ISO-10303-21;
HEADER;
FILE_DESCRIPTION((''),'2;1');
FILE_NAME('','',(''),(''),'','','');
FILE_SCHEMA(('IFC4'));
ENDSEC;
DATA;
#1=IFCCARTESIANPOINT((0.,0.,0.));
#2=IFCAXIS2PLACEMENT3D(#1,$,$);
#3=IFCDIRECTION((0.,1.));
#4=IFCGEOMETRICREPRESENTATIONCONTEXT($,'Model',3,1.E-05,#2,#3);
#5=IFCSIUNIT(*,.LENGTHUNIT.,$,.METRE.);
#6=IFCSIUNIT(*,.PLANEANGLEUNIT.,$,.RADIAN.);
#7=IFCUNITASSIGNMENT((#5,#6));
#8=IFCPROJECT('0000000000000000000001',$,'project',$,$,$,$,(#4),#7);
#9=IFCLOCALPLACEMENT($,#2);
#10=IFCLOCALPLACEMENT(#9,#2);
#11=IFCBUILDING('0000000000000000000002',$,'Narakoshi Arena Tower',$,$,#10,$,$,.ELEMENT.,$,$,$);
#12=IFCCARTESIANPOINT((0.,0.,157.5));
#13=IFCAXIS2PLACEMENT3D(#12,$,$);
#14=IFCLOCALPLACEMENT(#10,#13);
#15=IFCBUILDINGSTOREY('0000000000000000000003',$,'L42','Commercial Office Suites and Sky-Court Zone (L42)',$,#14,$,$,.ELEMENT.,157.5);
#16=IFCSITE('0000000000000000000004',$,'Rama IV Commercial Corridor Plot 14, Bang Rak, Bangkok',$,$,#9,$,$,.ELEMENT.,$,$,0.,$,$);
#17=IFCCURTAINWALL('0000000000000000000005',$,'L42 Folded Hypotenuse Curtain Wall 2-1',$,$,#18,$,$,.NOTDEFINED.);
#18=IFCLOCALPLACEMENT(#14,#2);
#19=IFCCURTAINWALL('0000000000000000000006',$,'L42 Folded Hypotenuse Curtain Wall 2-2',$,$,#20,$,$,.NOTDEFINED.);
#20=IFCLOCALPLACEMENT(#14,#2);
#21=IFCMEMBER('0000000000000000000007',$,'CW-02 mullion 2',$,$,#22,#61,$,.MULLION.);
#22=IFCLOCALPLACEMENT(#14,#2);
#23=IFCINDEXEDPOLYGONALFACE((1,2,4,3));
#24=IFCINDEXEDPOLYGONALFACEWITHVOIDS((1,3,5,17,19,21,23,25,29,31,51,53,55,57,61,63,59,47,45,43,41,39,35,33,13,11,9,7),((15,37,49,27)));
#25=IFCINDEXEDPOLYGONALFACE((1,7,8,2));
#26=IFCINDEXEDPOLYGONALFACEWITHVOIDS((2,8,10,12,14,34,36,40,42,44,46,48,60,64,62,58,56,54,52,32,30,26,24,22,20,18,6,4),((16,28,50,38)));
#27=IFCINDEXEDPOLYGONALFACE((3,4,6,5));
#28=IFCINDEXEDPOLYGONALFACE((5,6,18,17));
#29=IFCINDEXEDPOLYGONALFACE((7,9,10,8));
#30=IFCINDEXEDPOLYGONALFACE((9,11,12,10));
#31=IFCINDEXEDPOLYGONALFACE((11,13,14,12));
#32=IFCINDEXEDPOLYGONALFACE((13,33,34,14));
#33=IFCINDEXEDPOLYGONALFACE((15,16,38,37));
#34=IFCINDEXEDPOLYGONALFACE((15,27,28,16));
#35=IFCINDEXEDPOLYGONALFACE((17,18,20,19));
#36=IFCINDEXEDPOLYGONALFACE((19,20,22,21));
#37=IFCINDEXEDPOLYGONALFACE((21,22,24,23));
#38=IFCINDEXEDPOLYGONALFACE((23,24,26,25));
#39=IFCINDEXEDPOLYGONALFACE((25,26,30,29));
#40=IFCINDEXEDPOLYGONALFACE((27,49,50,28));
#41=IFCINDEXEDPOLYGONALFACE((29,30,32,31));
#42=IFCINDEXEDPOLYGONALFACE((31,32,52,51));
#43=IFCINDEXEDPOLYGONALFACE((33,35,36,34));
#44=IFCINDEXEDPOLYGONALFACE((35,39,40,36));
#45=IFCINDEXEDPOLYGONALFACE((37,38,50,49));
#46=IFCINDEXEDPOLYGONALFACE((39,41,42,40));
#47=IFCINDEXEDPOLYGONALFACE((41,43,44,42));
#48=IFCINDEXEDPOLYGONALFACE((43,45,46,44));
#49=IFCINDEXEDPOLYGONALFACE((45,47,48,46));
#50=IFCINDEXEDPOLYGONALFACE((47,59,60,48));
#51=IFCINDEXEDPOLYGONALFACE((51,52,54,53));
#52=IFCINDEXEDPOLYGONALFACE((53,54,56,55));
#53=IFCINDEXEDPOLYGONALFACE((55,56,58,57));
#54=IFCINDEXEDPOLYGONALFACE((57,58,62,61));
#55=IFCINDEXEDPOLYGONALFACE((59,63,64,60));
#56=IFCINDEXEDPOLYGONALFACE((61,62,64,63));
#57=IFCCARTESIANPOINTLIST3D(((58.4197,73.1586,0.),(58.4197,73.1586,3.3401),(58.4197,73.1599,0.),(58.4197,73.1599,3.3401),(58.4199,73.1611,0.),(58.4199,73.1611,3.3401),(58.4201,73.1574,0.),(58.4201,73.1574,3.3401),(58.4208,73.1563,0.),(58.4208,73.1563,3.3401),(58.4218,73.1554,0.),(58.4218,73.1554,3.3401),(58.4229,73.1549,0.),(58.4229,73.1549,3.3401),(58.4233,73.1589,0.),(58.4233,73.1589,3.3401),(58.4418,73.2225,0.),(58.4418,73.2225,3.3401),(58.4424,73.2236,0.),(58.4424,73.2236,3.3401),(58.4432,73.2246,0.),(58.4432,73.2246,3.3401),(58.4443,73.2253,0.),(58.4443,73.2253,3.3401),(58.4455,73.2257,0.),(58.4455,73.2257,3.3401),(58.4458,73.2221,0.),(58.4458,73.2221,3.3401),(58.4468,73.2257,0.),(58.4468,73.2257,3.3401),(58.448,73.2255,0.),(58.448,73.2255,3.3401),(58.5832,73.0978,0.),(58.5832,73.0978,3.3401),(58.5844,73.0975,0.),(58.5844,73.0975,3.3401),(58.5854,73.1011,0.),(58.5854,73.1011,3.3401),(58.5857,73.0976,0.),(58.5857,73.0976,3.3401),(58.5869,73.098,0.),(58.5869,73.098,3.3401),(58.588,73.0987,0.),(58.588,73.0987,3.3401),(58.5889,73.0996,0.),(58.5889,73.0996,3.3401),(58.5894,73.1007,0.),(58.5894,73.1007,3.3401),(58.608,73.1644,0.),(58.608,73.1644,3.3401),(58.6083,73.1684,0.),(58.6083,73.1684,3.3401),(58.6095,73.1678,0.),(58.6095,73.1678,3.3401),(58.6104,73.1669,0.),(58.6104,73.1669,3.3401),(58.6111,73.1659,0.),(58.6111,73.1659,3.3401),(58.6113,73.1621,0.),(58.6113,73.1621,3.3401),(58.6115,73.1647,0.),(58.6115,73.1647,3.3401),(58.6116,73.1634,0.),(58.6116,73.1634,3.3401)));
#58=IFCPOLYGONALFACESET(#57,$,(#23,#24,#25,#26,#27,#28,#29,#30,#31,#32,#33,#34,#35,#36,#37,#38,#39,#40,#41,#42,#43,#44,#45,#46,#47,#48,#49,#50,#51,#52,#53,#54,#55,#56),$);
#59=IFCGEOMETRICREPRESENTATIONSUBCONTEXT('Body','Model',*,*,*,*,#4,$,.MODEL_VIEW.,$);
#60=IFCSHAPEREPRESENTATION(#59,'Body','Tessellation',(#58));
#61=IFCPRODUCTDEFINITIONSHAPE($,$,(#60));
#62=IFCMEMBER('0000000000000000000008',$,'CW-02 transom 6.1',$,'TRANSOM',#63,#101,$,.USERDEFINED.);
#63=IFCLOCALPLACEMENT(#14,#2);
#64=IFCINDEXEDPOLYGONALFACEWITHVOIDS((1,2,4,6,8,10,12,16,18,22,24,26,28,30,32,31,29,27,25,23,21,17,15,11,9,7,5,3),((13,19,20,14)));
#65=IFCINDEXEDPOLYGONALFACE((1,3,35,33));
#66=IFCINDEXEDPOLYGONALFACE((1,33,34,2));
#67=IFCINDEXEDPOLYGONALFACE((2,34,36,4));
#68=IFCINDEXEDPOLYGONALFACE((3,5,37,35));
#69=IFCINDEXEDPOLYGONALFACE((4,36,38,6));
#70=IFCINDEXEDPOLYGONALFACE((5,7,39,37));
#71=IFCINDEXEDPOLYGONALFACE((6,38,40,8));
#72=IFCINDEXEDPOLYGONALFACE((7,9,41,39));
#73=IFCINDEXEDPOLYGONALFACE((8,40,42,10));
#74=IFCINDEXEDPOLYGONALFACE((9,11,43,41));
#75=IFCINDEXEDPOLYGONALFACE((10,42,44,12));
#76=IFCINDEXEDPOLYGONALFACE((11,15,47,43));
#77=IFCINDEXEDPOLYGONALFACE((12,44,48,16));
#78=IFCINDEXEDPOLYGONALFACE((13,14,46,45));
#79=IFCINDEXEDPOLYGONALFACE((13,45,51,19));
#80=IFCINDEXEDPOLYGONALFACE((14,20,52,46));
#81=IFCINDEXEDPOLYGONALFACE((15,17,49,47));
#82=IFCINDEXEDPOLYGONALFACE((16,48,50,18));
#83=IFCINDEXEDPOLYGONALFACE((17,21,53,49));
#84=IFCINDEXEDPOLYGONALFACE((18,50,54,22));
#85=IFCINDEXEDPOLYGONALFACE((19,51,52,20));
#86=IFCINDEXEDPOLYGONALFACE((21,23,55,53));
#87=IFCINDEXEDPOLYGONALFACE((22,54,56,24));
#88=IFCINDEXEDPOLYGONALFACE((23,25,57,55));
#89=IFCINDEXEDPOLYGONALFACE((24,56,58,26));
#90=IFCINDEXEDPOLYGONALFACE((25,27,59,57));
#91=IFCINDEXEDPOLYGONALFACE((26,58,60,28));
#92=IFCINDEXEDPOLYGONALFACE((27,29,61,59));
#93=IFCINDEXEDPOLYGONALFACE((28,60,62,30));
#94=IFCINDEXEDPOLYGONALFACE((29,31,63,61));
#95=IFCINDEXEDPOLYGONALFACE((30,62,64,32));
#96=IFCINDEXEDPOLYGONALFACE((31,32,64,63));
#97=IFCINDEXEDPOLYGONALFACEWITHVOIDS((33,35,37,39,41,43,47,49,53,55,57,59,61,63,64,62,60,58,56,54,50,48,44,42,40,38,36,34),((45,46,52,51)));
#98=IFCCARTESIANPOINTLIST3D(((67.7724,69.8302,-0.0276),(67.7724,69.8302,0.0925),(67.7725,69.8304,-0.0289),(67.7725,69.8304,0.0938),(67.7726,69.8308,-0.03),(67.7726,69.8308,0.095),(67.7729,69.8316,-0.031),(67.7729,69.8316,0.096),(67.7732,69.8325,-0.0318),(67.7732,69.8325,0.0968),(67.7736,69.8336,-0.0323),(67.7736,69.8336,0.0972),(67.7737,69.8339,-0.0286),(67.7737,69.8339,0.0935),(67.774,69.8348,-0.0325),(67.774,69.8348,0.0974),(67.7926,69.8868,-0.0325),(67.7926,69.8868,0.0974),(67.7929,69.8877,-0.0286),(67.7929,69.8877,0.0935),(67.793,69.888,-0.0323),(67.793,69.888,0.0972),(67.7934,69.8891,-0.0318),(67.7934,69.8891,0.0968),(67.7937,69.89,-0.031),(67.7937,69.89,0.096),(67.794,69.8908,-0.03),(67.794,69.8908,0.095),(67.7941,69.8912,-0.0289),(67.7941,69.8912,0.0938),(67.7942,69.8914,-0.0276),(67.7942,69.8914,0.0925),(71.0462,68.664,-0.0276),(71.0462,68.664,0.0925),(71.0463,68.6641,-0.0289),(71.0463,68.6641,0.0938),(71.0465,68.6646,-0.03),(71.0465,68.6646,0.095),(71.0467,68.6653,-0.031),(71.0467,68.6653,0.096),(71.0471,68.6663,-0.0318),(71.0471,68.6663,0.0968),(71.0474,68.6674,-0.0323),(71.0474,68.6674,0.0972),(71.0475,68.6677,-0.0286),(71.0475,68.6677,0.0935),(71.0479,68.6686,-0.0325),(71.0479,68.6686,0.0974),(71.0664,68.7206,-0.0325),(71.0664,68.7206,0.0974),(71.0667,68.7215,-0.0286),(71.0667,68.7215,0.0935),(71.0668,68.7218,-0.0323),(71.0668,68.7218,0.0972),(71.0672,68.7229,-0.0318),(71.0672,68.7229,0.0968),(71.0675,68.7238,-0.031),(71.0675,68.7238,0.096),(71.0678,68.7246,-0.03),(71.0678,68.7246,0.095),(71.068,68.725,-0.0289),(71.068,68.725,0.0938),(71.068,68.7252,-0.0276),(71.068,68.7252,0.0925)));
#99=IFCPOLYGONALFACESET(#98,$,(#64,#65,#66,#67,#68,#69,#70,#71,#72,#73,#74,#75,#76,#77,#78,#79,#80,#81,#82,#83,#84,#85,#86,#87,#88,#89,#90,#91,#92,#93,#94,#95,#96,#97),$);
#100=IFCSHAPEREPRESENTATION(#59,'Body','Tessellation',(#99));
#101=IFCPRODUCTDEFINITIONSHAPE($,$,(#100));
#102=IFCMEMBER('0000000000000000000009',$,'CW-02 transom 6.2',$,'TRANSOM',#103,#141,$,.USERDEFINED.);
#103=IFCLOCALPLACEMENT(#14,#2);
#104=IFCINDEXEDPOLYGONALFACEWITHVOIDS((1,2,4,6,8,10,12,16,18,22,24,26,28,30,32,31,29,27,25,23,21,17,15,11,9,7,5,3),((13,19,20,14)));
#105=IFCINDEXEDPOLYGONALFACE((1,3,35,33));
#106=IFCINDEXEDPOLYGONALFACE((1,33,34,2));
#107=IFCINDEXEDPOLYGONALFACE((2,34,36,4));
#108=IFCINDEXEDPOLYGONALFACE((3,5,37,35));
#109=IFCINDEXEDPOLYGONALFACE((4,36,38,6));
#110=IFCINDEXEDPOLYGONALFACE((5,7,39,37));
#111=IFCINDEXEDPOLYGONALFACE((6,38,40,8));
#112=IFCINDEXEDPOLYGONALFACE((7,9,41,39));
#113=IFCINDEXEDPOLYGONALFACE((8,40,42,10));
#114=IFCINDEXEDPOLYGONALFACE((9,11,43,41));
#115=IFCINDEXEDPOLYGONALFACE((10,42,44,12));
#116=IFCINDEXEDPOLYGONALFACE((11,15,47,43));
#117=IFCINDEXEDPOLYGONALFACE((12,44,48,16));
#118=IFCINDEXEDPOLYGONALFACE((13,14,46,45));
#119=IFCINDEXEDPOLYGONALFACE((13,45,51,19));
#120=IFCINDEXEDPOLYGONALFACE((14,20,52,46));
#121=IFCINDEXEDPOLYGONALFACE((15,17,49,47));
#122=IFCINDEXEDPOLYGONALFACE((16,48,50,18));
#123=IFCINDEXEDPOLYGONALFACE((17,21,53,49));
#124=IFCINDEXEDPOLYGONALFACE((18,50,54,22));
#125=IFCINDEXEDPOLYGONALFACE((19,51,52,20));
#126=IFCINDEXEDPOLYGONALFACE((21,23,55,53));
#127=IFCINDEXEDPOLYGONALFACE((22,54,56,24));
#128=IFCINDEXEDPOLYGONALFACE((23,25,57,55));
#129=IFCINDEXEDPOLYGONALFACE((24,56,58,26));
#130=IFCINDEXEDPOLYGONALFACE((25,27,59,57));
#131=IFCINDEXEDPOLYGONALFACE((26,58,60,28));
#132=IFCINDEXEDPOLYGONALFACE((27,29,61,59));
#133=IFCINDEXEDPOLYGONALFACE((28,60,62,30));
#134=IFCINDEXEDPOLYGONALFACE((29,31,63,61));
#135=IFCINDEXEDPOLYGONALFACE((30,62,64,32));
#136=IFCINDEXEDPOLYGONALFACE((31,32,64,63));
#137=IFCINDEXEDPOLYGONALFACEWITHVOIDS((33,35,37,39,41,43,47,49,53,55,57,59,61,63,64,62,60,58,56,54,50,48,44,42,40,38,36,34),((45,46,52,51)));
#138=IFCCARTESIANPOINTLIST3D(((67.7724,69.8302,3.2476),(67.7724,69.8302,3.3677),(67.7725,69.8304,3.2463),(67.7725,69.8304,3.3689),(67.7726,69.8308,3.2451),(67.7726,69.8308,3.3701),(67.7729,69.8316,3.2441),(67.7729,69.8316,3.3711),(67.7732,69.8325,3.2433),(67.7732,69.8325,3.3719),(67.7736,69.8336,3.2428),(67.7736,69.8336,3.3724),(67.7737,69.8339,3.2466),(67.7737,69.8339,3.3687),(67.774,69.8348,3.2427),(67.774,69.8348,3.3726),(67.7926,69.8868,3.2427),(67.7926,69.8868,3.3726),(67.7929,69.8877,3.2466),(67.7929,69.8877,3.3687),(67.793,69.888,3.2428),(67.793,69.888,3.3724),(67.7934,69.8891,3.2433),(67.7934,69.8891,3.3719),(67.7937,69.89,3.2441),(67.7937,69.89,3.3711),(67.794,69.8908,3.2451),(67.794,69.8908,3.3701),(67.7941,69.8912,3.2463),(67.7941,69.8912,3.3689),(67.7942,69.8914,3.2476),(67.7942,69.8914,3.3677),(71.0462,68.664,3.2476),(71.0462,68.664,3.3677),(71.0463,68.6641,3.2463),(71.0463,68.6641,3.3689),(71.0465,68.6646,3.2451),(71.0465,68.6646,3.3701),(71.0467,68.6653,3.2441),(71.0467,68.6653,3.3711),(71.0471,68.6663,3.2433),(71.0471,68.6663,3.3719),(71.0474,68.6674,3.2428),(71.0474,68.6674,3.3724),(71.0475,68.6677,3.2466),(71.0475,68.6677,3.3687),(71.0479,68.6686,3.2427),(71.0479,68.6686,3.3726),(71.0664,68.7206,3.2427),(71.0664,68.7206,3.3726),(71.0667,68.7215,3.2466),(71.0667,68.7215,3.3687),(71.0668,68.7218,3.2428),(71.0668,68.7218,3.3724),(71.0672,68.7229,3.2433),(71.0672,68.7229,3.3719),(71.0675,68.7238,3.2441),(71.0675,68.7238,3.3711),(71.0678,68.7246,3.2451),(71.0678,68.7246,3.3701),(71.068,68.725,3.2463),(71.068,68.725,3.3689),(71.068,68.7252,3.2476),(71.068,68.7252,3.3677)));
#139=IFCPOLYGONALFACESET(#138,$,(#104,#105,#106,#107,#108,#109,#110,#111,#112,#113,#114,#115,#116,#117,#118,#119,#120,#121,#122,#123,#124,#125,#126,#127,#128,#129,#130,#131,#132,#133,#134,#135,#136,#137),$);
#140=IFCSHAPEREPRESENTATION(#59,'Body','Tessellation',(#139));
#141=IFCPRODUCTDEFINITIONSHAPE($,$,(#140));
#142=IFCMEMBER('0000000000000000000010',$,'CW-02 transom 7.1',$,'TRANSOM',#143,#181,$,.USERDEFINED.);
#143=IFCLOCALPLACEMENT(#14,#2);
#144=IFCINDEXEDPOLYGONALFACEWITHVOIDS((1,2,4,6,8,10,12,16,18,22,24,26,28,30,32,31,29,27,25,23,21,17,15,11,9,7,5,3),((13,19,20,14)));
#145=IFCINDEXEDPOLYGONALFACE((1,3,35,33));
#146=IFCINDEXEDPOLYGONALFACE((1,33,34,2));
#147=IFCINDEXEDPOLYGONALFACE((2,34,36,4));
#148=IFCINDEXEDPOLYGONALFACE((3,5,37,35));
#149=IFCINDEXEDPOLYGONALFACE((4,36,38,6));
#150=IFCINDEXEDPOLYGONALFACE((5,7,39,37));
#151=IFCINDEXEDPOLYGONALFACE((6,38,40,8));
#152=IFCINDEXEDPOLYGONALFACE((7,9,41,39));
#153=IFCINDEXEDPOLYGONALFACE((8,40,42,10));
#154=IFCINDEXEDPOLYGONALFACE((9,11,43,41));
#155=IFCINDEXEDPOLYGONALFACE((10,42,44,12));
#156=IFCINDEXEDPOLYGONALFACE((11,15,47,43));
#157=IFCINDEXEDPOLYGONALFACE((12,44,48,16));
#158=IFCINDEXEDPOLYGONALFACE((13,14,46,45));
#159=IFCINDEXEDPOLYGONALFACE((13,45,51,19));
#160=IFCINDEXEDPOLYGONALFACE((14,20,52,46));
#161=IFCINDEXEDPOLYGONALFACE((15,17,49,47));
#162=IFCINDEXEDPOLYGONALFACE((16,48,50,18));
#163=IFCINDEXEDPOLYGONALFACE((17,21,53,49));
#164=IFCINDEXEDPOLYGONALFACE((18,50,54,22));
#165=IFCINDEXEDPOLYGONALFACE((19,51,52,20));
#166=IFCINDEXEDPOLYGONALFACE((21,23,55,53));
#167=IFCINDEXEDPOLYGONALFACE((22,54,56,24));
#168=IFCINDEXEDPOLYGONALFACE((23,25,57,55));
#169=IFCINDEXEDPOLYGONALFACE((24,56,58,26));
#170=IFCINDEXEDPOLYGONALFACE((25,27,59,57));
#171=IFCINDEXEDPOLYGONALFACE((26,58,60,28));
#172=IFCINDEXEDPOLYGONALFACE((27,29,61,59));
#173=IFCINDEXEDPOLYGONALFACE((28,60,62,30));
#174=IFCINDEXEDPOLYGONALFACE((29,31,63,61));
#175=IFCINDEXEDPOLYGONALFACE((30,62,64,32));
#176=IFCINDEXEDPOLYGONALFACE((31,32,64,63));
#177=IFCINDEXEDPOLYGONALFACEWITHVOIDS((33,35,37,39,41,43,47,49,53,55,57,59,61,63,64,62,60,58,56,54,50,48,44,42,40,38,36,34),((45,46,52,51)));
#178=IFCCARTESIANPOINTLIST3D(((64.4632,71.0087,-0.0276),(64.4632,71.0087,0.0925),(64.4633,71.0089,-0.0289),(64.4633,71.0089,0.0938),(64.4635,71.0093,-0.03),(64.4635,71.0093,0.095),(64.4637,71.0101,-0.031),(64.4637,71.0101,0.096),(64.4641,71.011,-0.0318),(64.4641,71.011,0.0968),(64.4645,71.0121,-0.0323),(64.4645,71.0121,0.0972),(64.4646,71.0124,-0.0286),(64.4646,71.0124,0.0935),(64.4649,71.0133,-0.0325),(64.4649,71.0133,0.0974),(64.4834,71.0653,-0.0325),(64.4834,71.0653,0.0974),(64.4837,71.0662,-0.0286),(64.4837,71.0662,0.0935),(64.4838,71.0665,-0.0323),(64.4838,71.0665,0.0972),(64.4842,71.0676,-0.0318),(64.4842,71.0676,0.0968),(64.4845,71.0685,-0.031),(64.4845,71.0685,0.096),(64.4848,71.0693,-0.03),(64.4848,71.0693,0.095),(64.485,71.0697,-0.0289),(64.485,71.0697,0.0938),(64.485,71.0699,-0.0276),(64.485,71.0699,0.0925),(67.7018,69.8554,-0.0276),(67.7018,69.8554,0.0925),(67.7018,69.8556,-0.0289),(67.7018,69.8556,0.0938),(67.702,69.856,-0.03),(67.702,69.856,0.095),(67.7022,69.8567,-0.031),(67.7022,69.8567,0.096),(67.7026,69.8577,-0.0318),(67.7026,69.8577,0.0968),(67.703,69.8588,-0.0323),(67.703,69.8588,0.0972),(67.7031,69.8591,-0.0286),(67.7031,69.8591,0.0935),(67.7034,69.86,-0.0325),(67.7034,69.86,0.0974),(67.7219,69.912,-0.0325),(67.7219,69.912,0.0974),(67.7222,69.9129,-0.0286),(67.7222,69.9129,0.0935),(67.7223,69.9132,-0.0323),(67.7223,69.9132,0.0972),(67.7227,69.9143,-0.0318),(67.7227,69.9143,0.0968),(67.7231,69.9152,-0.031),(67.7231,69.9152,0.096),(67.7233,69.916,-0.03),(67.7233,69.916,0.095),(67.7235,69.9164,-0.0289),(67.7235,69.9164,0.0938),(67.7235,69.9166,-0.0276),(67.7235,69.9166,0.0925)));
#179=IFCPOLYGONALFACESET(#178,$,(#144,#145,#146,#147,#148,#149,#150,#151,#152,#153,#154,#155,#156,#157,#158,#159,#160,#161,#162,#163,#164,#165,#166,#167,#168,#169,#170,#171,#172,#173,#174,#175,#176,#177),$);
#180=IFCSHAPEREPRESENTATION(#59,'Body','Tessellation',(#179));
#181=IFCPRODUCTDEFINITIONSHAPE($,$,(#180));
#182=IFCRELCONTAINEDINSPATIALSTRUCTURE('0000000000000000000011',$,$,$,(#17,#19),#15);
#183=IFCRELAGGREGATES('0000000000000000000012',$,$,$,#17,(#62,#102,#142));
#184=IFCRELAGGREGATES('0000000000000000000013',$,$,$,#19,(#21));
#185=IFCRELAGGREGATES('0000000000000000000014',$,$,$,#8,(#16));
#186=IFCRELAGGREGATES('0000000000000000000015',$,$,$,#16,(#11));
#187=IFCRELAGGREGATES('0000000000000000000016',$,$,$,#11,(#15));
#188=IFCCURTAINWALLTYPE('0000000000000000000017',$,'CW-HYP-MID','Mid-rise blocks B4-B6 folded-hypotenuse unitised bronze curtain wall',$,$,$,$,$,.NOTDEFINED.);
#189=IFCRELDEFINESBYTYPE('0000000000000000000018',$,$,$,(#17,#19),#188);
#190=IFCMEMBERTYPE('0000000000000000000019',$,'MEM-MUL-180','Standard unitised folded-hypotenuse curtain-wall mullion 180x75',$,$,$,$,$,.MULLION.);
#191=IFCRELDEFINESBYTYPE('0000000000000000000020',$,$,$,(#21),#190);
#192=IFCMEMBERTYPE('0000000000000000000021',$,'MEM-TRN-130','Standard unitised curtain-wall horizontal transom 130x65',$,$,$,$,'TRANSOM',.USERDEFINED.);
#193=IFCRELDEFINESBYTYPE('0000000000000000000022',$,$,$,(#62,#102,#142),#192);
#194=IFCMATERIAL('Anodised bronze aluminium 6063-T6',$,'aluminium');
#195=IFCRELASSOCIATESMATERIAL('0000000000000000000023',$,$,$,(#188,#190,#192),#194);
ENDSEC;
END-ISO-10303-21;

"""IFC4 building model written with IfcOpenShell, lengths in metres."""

from ifc_helpers import new_model, si_unit, direction, frame, origin, origin_2d, place, context, subcontext, project, spatial, hollow_rectangle, extrude, material, material_profile, profile_set, type_object, element, aggregate, save


model = new_model("IFC4")

# Units and contexts
model_context = context("Model", 3, precision=1e-05, world=origin(), true_north=direction((0.0, 1.0)))
body_context = subcontext(model_context, "Body", "Model", "MODEL_VIEW")
ifc_project = project(units=[si_unit("LENGTHUNIT", "METRE"), si_unit("PLANEANGLEUNIT", "RADIAN")], contexts=[model_context])

# Site, building, storey
site_placement = place(None, origin())
site = spatial("IfcSite", under=ifc_project, at=site_placement, Name="Rama IV Commercial Corridor Plot 14, Bang Rak, Bangkok", CompositionType="ELEMENT", RefElevation=0.0)
building_placement = place(site_placement, origin())
building = spatial("IfcBuilding", under=site, at=building_placement, Name="Narakoshi Arena Tower", CompositionType="ELEMENT")
storey_placement = place(building_placement, frame((0.0, 0.0, 157.5)))
storey = spatial("IfcBuildingStorey", under=building, at=storey_placement, Name="L42", Description="Commercial Office Suites and Sky-Court Zone (L42)", CompositionType="ELEMENT", Elevation=157.5)

# Curtain walls, member
ifc_material_1 = material(Name="Anodised bronze aluminium 6063-T6", Category="aluminium")
curtain_wall_type = type_object("IfcCurtainWallType", Name="CW-HYP-MID", Description="Mid-rise blocks B4-B6 folded-hypotenuse unitised bronze curtain wall", PredefinedType="NOTDEFINED", material=ifc_material_1)
curtain_wall_1_placement = place(storey_placement, origin())
curtain_wall_1 = element("IfcCurtainWall", 1, at=curtain_wall_1_placement, inside=storey, type_object=curtain_wall_type, Name="L42 Folded Hypotenuse Curtain Wall 2-1", PredefinedType="NOTDEFINED")
ifc_material_profile_1 = material_profile(ifc_material_1, hollow_rectangle(XDim=0.075, YDim=0.1799, WallThickness=0.0039, OuterFilletRadius=0.0049, at=origin_2d()), Name="MUL180x75x4")
ifc_profile_set_1 = profile_set([ifc_material_profile_1], Name="Anodised bronze aluminium 6063-T6")
member_type_1 = type_object("IfcMemberType", Name="MEM-MUL-180", Description="Standard unitised folded-hypotenuse curtain-wall mullion 180x75", PredefinedType="MULLION", material=ifc_profile_set_1)
curtain_wall_2_placement = place(storey_placement, origin())
curtain_wall_2 = element("IfcCurtainWall", 2, at=curtain_wall_2_placement, inside=storey, type_object=curtain_wall_type, Name="L42 Folded Hypotenuse Curtain Wall 2-2", PredefinedType="NOTDEFINED")
member_1_placement = place(storey_placement, frame((58.5156, 73.1616, 0.0), z_axis=(0.0, 0.0, 1.0), x_axis=(-0.335542, -0.942025, 0.0)))
member_1 = element("IfcMember", 3, at=member_1_placement, type_object=member_type_1, Name="CW-02 mullion 2", PredefinedType="MULLION", context=body_context, shape_type="SweptSolid", body=[
    extrude(hollow_rectangle(XDim=0.075, YDim=0.1799, WallThickness=0.0039, OuterFilletRadius=0.0049, at=origin_2d()), origin(), (0.0, 0.0, 1.0), 3.3401),
])

# Members
ifc_material_profile_2 = material_profile(ifc_material_1, hollow_rectangle(XDim=0.0649, YDim=0.1299, WallThickness=0.0039, OuterFilletRadius=0.0049, at=origin_2d()), Name="TRN130x65x4")
ifc_profile_set_2 = profile_set([ifc_material_profile_2], Name="Anodised bronze aluminium 6063-T6")
member_type_2 = type_object("IfcMemberType", Name="MEM-TRN-130", Description="Standard unitised curtain-wall horizontal transom 130x65", ElementType="TRANSOM", PredefinedType="USERDEFINED", material=ifc_profile_set_2)
member_2_placement = place(storey_placement, frame((71.0571, 68.6946, 0.0325), z_axis=(-0.942015, 0.335571, 0.0), x_axis=(-0.335571, -0.942015, 0.0)))
member_2 = element("IfcMember", 4, at=member_2_placement, type_object=member_type_2, Name="CW-02 transom 6.1", ObjectType="TRANSOM", PredefinedType="USERDEFINED", context=body_context, shape_type="SweptSolid", body=[
    extrude(hollow_rectangle(XDim=0.0649, YDim=0.1299, WallThickness=0.0039, OuterFilletRadius=0.0049, at=origin_2d()), origin(), (0.0, 0.0, 1.0), 3.4753),
])
member_3_placement = place(storey_placement, frame((71.0571, 68.6946, 3.3076), z_axis=(-0.942015, 0.335571, 0.0), x_axis=(-0.335571, -0.942015, 0.0)))
member_3 = element("IfcMember", 5, at=member_3_placement, type_object=member_type_2, Name="CW-02 transom 6.2", ObjectType="TRANSOM", PredefinedType="USERDEFINED", context=body_context, shape_type="SweptSolid", body=[
    extrude(hollow_rectangle(XDim=0.0649, YDim=0.1299, WallThickness=0.0039, OuterFilletRadius=0.0049, at=origin_2d()), origin(), (0.0, 0.0, 1.0), 3.4753),
])
member_4_placement = place(storey_placement, frame((67.7126, 69.886, 0.0325), z_axis=(-0.942045, 0.335486, 0.0), x_axis=(-0.335486, -0.942045, 0.0)))
member_4 = element("IfcMember", 6, at=member_4_placement, type_object=member_type_2, Name="CW-02 transom 7.1", ObjectType="TRANSOM", PredefinedType="USERDEFINED", context=body_context, shape_type="SweptSolid", body=[
    extrude(hollow_rectangle(XDim=0.0649, YDim=0.1299, WallThickness=0.0039, OuterFilletRadius=0.0049, at=origin_2d()), origin(), (0.0, 0.0, 1.0), 3.4377),
])

aggregate(curtain_wall_1, [member_2, member_3, member_4])
aggregate(curtain_wall_2, [member_1])

save(model, "model.ifc")
